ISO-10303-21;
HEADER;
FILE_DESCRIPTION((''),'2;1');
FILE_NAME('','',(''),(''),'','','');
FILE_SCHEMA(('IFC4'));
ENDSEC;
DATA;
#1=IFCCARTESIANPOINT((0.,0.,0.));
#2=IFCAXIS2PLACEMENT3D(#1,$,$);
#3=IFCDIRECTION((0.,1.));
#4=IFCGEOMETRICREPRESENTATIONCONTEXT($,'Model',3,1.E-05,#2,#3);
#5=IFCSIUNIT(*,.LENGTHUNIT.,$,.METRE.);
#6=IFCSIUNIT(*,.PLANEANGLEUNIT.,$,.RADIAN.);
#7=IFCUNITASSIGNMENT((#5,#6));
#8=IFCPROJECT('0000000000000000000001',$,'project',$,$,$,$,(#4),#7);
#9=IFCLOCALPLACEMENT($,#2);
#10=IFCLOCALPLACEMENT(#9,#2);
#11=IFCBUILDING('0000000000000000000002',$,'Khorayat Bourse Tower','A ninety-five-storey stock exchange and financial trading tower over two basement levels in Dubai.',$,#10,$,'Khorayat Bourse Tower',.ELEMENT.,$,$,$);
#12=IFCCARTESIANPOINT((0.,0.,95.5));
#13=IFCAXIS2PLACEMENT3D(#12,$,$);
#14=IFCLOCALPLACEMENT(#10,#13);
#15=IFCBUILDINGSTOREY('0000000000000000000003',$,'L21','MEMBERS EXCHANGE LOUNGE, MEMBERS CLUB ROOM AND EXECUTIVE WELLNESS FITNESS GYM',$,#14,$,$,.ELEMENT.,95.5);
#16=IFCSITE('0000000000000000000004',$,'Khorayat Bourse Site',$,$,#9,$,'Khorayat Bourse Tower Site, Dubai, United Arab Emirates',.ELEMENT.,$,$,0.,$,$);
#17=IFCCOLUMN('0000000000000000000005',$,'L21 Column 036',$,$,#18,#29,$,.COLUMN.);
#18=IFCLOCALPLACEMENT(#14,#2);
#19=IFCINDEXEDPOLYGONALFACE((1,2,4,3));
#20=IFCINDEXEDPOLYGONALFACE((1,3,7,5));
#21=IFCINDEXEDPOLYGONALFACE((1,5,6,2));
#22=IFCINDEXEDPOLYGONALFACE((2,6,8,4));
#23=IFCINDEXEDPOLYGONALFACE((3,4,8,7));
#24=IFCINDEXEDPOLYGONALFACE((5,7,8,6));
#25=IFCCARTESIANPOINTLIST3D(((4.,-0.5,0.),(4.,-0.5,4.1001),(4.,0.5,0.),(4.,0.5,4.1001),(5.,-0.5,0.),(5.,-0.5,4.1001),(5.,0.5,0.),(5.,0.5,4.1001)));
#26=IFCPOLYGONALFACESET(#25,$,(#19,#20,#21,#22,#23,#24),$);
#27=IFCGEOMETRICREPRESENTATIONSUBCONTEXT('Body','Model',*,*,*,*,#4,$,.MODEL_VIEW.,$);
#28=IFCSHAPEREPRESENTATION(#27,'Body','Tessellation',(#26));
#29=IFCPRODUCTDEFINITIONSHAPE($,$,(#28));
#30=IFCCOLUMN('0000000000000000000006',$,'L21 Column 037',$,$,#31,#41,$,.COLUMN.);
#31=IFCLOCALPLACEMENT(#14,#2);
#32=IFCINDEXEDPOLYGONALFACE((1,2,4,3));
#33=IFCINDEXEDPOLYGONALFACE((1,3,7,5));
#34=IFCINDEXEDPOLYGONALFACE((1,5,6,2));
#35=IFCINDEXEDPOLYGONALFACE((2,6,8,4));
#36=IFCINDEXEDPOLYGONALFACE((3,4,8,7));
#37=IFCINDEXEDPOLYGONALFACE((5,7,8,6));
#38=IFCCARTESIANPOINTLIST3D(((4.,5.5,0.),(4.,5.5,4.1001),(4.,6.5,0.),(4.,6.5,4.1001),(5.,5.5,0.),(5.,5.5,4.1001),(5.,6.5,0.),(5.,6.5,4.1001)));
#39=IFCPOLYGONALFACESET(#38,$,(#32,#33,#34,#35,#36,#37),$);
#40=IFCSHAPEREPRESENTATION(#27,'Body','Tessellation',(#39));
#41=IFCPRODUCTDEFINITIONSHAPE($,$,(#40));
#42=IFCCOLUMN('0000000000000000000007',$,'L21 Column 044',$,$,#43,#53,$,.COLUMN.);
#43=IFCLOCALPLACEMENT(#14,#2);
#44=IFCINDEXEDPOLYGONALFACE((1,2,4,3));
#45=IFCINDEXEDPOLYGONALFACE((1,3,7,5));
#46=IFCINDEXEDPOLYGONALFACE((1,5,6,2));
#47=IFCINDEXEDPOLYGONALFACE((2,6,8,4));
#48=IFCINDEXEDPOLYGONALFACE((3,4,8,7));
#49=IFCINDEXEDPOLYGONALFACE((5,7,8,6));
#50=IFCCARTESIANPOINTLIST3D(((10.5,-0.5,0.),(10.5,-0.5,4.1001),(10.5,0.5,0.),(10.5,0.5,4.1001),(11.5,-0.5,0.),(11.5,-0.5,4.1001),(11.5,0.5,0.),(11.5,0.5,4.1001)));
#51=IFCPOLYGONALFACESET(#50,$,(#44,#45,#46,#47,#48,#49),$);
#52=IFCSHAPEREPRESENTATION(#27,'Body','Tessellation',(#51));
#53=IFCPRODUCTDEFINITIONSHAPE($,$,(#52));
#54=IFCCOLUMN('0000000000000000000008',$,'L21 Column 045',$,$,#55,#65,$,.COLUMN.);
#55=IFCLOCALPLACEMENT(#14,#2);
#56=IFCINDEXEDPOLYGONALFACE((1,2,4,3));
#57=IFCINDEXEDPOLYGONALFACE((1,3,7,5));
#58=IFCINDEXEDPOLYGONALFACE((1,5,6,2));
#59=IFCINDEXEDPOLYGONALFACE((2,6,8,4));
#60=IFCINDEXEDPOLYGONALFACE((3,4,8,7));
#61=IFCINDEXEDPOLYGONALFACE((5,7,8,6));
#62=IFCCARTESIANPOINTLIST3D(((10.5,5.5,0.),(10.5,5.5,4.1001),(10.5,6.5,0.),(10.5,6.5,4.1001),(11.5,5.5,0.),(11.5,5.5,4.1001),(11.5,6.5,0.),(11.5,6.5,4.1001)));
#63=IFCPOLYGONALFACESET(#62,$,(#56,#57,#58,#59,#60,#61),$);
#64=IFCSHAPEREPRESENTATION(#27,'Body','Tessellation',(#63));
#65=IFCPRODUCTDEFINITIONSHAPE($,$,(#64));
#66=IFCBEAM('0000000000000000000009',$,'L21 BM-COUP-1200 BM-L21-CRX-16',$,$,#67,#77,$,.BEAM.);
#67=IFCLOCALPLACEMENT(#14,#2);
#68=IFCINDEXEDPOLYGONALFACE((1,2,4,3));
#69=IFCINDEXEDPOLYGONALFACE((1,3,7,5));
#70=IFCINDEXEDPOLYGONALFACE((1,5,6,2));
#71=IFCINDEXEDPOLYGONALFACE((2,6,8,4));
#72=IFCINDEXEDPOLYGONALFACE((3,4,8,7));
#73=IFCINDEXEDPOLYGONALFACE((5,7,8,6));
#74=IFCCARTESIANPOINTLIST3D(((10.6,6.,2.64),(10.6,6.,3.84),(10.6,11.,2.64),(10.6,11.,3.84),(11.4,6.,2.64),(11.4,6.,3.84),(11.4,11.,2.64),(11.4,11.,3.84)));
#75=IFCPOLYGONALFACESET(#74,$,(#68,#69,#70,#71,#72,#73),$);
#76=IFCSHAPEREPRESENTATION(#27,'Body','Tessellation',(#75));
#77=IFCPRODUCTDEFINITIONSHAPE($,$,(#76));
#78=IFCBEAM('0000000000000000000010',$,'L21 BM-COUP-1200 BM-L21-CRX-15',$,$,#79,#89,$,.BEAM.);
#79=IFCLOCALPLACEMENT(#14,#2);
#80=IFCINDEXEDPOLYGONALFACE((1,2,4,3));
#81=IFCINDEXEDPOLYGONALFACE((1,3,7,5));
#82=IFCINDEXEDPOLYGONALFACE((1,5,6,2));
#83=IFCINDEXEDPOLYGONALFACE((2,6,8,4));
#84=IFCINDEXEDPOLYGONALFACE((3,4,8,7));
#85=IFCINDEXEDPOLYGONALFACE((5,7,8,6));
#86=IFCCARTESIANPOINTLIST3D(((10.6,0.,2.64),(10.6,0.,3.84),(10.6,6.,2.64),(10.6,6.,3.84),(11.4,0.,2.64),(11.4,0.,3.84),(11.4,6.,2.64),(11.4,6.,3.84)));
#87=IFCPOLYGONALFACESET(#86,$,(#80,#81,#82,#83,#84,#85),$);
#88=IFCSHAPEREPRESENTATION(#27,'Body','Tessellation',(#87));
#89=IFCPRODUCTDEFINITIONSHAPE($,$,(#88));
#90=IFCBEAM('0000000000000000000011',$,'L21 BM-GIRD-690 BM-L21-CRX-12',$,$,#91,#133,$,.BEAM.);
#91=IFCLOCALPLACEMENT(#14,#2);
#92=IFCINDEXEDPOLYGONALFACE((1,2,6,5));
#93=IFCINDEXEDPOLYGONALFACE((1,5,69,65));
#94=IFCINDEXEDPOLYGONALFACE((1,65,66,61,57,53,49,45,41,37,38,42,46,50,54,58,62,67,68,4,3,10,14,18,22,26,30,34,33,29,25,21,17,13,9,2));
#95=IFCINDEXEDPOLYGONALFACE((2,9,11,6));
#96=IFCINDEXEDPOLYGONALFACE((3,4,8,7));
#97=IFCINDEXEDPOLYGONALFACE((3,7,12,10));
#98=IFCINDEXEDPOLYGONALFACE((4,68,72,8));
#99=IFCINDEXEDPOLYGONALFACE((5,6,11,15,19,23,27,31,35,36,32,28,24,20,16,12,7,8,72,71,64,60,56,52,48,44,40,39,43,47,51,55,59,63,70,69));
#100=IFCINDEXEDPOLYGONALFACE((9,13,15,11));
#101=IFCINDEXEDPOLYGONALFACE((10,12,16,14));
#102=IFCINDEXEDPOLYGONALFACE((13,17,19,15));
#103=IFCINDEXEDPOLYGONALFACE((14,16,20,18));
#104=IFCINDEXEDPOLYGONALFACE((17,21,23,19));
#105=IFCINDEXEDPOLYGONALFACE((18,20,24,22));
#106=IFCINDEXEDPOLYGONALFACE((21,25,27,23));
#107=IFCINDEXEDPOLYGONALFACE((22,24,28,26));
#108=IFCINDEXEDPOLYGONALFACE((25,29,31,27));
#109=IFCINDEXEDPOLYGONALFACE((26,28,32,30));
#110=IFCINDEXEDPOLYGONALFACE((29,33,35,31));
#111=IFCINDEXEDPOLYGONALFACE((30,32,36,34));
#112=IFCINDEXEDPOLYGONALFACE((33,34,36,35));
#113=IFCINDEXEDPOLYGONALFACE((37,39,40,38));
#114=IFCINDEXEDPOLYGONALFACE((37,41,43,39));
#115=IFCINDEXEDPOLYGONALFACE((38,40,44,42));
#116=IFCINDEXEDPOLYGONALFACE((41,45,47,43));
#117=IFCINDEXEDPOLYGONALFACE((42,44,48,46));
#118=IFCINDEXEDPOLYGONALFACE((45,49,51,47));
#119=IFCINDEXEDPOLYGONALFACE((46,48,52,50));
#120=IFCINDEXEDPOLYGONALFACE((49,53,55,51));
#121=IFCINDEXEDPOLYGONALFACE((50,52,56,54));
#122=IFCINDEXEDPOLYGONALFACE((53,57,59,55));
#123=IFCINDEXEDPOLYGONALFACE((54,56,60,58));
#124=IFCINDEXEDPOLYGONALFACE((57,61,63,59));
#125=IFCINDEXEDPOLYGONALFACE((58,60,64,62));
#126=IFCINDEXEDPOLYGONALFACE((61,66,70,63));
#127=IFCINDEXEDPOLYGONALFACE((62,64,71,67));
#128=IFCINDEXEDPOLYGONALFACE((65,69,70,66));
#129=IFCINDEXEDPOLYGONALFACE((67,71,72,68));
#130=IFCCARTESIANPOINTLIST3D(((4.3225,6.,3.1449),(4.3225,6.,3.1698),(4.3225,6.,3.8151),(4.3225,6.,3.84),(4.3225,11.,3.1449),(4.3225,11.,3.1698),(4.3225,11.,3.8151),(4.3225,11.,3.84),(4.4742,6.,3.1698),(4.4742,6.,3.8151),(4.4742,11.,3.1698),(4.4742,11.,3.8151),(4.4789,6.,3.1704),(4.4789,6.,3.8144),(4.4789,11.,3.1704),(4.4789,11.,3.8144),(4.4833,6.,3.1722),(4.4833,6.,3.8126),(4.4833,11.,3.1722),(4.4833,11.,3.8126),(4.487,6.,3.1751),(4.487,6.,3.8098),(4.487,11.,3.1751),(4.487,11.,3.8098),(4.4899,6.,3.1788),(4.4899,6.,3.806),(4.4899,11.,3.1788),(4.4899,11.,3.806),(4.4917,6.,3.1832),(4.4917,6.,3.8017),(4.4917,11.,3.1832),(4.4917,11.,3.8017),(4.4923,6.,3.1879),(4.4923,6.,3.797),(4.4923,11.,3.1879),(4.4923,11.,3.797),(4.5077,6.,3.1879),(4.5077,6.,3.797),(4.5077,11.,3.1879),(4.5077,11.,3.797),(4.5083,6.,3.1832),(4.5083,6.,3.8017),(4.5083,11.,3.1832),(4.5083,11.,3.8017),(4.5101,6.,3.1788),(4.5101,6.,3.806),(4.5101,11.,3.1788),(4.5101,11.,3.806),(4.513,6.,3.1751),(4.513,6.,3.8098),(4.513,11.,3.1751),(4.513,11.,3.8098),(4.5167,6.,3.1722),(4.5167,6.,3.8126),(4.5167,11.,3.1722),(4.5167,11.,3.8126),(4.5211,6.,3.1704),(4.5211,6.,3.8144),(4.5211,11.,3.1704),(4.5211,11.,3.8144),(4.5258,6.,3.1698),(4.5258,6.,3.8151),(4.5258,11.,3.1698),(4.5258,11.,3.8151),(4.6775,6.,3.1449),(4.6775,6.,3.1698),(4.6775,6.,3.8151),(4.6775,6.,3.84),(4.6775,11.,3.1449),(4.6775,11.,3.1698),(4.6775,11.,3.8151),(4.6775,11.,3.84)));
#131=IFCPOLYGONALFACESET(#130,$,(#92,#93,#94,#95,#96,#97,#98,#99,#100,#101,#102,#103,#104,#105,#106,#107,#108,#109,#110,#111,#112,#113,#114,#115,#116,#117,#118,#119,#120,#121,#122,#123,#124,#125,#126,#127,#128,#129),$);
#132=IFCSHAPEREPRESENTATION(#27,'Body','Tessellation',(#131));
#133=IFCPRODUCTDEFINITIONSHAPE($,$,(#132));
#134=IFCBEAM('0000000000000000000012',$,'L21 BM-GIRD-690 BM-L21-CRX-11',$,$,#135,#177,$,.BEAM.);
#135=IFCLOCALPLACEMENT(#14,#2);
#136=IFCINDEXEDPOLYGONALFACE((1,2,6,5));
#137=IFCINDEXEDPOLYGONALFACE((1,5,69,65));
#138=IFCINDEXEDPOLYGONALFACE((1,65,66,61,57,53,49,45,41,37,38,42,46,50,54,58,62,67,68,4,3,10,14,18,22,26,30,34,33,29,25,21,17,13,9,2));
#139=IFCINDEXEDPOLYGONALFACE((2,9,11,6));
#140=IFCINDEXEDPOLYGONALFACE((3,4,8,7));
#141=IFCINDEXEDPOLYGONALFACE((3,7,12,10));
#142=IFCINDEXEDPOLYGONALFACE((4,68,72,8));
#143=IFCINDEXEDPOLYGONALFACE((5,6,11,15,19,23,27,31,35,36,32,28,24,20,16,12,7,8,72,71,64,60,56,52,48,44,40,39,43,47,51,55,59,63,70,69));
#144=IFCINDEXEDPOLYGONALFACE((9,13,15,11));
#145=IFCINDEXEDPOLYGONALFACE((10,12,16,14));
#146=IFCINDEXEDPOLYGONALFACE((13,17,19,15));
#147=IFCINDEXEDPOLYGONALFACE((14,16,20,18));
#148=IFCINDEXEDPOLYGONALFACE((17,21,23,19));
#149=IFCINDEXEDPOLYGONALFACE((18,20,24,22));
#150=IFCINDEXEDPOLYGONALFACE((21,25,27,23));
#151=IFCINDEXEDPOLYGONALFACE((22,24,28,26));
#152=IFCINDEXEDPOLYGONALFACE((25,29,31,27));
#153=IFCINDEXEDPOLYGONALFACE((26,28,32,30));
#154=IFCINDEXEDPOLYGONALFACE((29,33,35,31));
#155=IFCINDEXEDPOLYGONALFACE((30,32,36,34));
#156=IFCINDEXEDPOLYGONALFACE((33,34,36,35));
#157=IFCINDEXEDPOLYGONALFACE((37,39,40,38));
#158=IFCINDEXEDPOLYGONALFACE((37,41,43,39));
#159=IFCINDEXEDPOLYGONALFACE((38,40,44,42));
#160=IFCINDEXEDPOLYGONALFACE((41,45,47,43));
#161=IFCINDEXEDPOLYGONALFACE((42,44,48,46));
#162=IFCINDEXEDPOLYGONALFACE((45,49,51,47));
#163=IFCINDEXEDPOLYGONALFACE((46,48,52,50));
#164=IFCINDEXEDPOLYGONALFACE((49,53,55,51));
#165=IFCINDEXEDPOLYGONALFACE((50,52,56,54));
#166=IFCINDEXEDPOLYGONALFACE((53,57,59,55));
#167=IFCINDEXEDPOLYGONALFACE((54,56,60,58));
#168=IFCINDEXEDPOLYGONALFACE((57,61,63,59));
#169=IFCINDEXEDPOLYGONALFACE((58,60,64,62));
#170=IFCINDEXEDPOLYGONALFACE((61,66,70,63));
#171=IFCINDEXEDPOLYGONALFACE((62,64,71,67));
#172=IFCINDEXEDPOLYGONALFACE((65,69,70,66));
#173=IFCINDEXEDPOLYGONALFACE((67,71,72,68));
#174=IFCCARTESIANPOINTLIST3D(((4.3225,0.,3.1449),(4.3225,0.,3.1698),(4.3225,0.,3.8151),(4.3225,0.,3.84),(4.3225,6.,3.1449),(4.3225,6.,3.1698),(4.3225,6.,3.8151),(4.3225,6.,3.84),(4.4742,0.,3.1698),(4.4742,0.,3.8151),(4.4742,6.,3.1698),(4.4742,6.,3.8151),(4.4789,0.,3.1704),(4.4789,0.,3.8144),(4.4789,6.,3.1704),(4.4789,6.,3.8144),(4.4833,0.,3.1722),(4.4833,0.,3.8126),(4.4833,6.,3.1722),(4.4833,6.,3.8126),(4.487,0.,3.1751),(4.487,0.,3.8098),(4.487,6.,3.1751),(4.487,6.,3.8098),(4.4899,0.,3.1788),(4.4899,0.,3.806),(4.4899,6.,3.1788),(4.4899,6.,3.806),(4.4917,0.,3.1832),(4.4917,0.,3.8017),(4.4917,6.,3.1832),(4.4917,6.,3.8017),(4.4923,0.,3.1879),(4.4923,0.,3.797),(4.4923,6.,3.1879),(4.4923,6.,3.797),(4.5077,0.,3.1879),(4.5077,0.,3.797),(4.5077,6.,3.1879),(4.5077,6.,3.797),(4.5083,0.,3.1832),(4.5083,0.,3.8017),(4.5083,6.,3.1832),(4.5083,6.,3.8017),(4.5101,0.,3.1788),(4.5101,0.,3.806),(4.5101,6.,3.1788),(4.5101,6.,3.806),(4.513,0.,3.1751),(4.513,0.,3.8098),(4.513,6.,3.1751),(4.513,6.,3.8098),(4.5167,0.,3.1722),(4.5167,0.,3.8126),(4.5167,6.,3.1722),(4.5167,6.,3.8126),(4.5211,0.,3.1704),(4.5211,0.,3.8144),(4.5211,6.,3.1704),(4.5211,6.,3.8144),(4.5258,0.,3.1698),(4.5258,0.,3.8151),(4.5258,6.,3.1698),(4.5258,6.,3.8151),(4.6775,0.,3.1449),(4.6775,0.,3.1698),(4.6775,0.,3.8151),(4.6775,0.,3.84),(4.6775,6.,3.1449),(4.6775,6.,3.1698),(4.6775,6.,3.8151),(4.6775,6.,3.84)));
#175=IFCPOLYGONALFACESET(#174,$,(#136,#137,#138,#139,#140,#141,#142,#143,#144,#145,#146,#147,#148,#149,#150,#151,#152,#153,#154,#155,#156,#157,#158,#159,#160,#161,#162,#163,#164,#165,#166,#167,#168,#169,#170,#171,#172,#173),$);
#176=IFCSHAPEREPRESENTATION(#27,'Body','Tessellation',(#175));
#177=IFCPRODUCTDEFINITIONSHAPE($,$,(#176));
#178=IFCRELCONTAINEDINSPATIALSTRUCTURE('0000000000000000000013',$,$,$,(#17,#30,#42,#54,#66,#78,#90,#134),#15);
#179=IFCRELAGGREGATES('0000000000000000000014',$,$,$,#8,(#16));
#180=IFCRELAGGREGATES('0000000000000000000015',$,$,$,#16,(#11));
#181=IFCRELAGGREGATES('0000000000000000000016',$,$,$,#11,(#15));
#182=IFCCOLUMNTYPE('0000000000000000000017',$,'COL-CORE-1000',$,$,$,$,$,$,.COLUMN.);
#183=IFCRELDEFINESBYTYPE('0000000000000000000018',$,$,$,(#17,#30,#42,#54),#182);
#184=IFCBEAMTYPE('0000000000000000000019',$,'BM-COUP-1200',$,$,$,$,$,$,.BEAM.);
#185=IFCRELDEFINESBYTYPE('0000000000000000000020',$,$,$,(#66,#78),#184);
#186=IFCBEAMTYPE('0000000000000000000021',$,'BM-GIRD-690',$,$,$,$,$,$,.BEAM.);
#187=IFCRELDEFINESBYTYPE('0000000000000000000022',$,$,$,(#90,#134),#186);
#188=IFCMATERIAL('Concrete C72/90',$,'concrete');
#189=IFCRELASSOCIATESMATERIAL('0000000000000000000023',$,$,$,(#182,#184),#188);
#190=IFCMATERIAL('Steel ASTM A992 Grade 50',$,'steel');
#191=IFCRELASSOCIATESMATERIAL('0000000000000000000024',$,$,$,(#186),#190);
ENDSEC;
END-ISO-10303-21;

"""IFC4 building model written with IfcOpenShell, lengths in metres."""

from ifc_helpers import new_model, si_unit, direction, frame, origin, origin_2d, place, context, subcontext, project, spatial, rectangle, i_section, extrude, source, transform, mapped, material, material_profile, profile_set, type_object, element, save


model = new_model("IFC4")

# Units and contexts
model_context = context("Model", 3, precision=1e-05, world=origin(), true_north=direction((0.0, 1.0)))
body_context = subcontext(model_context, "Body", "Model", "MODEL_VIEW")
ifc_project = project(units=[si_unit("LENGTHUNIT", "METRE"), si_unit("PLANEANGLEUNIT", "RADIAN")], contexts=[model_context])

# Site, building, storey
site_placement = place(None, origin())
site = spatial("IfcSite", under=ifc_project, at=site_placement, Name="Khorayat Bourse Site", LongName="Khorayat Bourse Tower Site, Dubai, United Arab Emirates", CompositionType="ELEMENT", RefElevation=0.0)
building_placement = place(site_placement, origin())
building = spatial("IfcBuilding", under=site, at=building_placement, Name="Khorayat Bourse Tower", Description="A ninety-five-storey stock exchange and financial trading tower over two basement levels in Dubai.", LongName="Khorayat Bourse Tower", CompositionType="ELEMENT")
storey_placement = place(building_placement, frame((0.0, 0.0, 95.5)))
storey = spatial("IfcBuildingStorey", under=building, at=storey_placement, Name="L21", Description="MEMBERS EXCHANGE LOUNGE, MEMBERS CLUB ROOM AND EXECUTIVE WELLNESS FITNESS GYM", CompositionType="ELEMENT", Elevation=95.5)

# Columns
ifc_material_1 = material(Name="Concrete C72/90", Category="concrete")
ifc_material_profile_1 = material_profile(ifc_material_1, rectangle(XDim=1.0, YDim=1.0, at=origin_2d()), Name="RC 1000x1000")
ifc_profile_set_1 = profile_set([ifc_material_profile_1], Name="Concrete C72/90")
column_type = type_object("IfcColumnType", Name="COL-CORE-1000", PredefinedType="COLUMN", material=ifc_profile_set_1)
shared_shape_1 = source(origin(), body_context, "Body", "SweptSolid", [
    extrude(rectangle(XDim=1.0, YDim=1.0, at=origin_2d()), origin(), (0.0, 0.0, 1.0), 4.1001),
])
for number, where, z_axis, x_axis, name in (
    (1, (4.5, 0.0, 0.0), (0.0, 0.0, 1.0), (1.0, 0.0, 0.0), "L21 Column 036"),
    (2, (4.5, 6.0, 0.0), (0.0, 0.0, 1.0), (1.0, 0.0, 0.0), "L21 Column 037"),
    (3, (11.0, 0.0, 0.0), (0.0, 0.0, 1.0), (1.0, 0.0, 0.0), "L21 Column 044"),
    (4, (11.0, 6.0, 0.0), (0.0, 0.0, 1.0), (1.0, 0.0, 0.0), "L21 Column 045"),
):
    element("IfcColumn", number, at=place(storey_placement, frame(where, z_axis=z_axis, x_axis=x_axis)), inside=storey, type_object=column_type, Name=name, PredefinedType="COLUMN", context=body_context, shape_type="MappedRepresentation", body=[
        mapped(shared_shape_1, transform((0.0, 0.0, 0.0), scale=1.0)),
    ])

# Beams
ifc_material_profile_2 = material_profile(ifc_material_1, rectangle(XDim=0.8, YDim=1.2, at=origin_2d()), Name="RC 800x1200")
ifc_profile_set_2 = profile_set([ifc_material_profile_2], Name="Concrete C72/90")
beam_type_1 = type_object("IfcBeamType", Name="BM-COUP-1200", PredefinedType="BEAM", material=ifc_profile_set_2)
shared_shape_2 = source(origin(), body_context, "Body", "SweptSolid", [
    extrude(rectangle(XDim=0.8, YDim=1.2, at=origin_2d()), origin(), (0.0, 0.0, 1.0), 5.0),
])
beam_1_placement = place(storey_placement, frame((11.0, 6.0, 3.24), z_axis=(0.0, 1.0, 0.0), x_axis=(-1.0, 0.0, 0.0)))
element("IfcBeam", 5, at=beam_1_placement, inside=storey, type_object=beam_type_1, Name="L21 BM-COUP-1200 BM-L21-CRX-16", PredefinedType="BEAM", context=body_context, shape_type="MappedRepresentation", body=[
    mapped(shared_shape_2, transform((0.0, 0.0, 0.0), scale=1.0)),
])
shared_shape_3 = source(origin(), body_context, "Body", "SweptSolid", [
    extrude(rectangle(XDim=0.8, YDim=1.2, at=origin_2d()), origin(), (0.0, 0.0, 1.0), 6.0),
])
beam_2_placement = place(storey_placement, frame((11.0, 0.0, 3.24), z_axis=(0.0, 1.0, 0.0), x_axis=(-1.0, 0.0, 0.0)))
element("IfcBeam", 6, at=beam_2_placement, inside=storey, type_object=beam_type_1, Name="L21 BM-COUP-1200 BM-L21-CRX-15", PredefinedType="BEAM", context=body_context, shape_type="MappedRepresentation", body=[
    mapped(shared_shape_3, transform((0.0, 0.0, 0.0), scale=1.0)),
])
ifc_material_2 = material(Name="Steel ASTM A992 Grade 50", Category="steel")
ifc_material_profile_3 = material_profile(ifc_material_2, i_section(OverallWidth=0.355, OverallDepth=0.6951, WebThickness=0.0154, FlangeThickness=0.0249, FilletRadius=0.0181, at=origin_2d()), Name="W690X217")
ifc_profile_set_3 = profile_set([ifc_material_profile_3], Name="Steel ASTM A992 Grade 50")
beam_type_2 = type_object("IfcBeamType", Name="BM-GIRD-690", PredefinedType="BEAM", material=ifc_profile_set_3)
shared_shape_4 = source(origin(), body_context, "Body", "SweptSolid", [
    extrude(i_section(OverallWidth=0.355, OverallDepth=0.6951, WebThickness=0.0154, FlangeThickness=0.0249, FilletRadius=0.0181, at=origin_2d()), origin(), (0.0, 0.0, 1.0), 5.0),
])
beam_3_placement = place(storey_placement, frame((4.5, 6.0, 3.4924), z_axis=(0.0, 1.0, 0.0), x_axis=(-1.0, 0.0, 0.0)))
element("IfcBeam", 7, at=beam_3_placement, inside=storey, type_object=beam_type_2, Name="L21 BM-GIRD-690 BM-L21-CRX-12", PredefinedType="BEAM", context=body_context, shape_type="MappedRepresentation", body=[
    mapped(shared_shape_4, transform((0.0, 0.0, 0.0), scale=1.0)),
])
shared_shape_5 = source(origin(), body_context, "Body", "SweptSolid", [
    extrude(i_section(OverallWidth=0.355, OverallDepth=0.6951, WebThickness=0.0154, FlangeThickness=0.0249, FilletRadius=0.0181, at=origin_2d()), origin(), (0.0, 0.0, 1.0), 6.0),
])
beam_4_placement = place(storey_placement, frame((4.5, 0.0, 3.4924), z_axis=(0.0, 1.0, 0.0), x_axis=(-1.0, 0.0, 0.0)))
element("IfcBeam", 8, at=beam_4_placement, inside=storey, type_object=beam_type_2, Name="L21 BM-GIRD-690 BM-L21-CRX-11", PredefinedType="BEAM", context=body_context, shape_type="MappedRepresentation", body=[
    mapped(shared_shape_5, transform((0.0, 0.0, 0.0), scale=1.0)),
])

save(model, "model.ifc")
